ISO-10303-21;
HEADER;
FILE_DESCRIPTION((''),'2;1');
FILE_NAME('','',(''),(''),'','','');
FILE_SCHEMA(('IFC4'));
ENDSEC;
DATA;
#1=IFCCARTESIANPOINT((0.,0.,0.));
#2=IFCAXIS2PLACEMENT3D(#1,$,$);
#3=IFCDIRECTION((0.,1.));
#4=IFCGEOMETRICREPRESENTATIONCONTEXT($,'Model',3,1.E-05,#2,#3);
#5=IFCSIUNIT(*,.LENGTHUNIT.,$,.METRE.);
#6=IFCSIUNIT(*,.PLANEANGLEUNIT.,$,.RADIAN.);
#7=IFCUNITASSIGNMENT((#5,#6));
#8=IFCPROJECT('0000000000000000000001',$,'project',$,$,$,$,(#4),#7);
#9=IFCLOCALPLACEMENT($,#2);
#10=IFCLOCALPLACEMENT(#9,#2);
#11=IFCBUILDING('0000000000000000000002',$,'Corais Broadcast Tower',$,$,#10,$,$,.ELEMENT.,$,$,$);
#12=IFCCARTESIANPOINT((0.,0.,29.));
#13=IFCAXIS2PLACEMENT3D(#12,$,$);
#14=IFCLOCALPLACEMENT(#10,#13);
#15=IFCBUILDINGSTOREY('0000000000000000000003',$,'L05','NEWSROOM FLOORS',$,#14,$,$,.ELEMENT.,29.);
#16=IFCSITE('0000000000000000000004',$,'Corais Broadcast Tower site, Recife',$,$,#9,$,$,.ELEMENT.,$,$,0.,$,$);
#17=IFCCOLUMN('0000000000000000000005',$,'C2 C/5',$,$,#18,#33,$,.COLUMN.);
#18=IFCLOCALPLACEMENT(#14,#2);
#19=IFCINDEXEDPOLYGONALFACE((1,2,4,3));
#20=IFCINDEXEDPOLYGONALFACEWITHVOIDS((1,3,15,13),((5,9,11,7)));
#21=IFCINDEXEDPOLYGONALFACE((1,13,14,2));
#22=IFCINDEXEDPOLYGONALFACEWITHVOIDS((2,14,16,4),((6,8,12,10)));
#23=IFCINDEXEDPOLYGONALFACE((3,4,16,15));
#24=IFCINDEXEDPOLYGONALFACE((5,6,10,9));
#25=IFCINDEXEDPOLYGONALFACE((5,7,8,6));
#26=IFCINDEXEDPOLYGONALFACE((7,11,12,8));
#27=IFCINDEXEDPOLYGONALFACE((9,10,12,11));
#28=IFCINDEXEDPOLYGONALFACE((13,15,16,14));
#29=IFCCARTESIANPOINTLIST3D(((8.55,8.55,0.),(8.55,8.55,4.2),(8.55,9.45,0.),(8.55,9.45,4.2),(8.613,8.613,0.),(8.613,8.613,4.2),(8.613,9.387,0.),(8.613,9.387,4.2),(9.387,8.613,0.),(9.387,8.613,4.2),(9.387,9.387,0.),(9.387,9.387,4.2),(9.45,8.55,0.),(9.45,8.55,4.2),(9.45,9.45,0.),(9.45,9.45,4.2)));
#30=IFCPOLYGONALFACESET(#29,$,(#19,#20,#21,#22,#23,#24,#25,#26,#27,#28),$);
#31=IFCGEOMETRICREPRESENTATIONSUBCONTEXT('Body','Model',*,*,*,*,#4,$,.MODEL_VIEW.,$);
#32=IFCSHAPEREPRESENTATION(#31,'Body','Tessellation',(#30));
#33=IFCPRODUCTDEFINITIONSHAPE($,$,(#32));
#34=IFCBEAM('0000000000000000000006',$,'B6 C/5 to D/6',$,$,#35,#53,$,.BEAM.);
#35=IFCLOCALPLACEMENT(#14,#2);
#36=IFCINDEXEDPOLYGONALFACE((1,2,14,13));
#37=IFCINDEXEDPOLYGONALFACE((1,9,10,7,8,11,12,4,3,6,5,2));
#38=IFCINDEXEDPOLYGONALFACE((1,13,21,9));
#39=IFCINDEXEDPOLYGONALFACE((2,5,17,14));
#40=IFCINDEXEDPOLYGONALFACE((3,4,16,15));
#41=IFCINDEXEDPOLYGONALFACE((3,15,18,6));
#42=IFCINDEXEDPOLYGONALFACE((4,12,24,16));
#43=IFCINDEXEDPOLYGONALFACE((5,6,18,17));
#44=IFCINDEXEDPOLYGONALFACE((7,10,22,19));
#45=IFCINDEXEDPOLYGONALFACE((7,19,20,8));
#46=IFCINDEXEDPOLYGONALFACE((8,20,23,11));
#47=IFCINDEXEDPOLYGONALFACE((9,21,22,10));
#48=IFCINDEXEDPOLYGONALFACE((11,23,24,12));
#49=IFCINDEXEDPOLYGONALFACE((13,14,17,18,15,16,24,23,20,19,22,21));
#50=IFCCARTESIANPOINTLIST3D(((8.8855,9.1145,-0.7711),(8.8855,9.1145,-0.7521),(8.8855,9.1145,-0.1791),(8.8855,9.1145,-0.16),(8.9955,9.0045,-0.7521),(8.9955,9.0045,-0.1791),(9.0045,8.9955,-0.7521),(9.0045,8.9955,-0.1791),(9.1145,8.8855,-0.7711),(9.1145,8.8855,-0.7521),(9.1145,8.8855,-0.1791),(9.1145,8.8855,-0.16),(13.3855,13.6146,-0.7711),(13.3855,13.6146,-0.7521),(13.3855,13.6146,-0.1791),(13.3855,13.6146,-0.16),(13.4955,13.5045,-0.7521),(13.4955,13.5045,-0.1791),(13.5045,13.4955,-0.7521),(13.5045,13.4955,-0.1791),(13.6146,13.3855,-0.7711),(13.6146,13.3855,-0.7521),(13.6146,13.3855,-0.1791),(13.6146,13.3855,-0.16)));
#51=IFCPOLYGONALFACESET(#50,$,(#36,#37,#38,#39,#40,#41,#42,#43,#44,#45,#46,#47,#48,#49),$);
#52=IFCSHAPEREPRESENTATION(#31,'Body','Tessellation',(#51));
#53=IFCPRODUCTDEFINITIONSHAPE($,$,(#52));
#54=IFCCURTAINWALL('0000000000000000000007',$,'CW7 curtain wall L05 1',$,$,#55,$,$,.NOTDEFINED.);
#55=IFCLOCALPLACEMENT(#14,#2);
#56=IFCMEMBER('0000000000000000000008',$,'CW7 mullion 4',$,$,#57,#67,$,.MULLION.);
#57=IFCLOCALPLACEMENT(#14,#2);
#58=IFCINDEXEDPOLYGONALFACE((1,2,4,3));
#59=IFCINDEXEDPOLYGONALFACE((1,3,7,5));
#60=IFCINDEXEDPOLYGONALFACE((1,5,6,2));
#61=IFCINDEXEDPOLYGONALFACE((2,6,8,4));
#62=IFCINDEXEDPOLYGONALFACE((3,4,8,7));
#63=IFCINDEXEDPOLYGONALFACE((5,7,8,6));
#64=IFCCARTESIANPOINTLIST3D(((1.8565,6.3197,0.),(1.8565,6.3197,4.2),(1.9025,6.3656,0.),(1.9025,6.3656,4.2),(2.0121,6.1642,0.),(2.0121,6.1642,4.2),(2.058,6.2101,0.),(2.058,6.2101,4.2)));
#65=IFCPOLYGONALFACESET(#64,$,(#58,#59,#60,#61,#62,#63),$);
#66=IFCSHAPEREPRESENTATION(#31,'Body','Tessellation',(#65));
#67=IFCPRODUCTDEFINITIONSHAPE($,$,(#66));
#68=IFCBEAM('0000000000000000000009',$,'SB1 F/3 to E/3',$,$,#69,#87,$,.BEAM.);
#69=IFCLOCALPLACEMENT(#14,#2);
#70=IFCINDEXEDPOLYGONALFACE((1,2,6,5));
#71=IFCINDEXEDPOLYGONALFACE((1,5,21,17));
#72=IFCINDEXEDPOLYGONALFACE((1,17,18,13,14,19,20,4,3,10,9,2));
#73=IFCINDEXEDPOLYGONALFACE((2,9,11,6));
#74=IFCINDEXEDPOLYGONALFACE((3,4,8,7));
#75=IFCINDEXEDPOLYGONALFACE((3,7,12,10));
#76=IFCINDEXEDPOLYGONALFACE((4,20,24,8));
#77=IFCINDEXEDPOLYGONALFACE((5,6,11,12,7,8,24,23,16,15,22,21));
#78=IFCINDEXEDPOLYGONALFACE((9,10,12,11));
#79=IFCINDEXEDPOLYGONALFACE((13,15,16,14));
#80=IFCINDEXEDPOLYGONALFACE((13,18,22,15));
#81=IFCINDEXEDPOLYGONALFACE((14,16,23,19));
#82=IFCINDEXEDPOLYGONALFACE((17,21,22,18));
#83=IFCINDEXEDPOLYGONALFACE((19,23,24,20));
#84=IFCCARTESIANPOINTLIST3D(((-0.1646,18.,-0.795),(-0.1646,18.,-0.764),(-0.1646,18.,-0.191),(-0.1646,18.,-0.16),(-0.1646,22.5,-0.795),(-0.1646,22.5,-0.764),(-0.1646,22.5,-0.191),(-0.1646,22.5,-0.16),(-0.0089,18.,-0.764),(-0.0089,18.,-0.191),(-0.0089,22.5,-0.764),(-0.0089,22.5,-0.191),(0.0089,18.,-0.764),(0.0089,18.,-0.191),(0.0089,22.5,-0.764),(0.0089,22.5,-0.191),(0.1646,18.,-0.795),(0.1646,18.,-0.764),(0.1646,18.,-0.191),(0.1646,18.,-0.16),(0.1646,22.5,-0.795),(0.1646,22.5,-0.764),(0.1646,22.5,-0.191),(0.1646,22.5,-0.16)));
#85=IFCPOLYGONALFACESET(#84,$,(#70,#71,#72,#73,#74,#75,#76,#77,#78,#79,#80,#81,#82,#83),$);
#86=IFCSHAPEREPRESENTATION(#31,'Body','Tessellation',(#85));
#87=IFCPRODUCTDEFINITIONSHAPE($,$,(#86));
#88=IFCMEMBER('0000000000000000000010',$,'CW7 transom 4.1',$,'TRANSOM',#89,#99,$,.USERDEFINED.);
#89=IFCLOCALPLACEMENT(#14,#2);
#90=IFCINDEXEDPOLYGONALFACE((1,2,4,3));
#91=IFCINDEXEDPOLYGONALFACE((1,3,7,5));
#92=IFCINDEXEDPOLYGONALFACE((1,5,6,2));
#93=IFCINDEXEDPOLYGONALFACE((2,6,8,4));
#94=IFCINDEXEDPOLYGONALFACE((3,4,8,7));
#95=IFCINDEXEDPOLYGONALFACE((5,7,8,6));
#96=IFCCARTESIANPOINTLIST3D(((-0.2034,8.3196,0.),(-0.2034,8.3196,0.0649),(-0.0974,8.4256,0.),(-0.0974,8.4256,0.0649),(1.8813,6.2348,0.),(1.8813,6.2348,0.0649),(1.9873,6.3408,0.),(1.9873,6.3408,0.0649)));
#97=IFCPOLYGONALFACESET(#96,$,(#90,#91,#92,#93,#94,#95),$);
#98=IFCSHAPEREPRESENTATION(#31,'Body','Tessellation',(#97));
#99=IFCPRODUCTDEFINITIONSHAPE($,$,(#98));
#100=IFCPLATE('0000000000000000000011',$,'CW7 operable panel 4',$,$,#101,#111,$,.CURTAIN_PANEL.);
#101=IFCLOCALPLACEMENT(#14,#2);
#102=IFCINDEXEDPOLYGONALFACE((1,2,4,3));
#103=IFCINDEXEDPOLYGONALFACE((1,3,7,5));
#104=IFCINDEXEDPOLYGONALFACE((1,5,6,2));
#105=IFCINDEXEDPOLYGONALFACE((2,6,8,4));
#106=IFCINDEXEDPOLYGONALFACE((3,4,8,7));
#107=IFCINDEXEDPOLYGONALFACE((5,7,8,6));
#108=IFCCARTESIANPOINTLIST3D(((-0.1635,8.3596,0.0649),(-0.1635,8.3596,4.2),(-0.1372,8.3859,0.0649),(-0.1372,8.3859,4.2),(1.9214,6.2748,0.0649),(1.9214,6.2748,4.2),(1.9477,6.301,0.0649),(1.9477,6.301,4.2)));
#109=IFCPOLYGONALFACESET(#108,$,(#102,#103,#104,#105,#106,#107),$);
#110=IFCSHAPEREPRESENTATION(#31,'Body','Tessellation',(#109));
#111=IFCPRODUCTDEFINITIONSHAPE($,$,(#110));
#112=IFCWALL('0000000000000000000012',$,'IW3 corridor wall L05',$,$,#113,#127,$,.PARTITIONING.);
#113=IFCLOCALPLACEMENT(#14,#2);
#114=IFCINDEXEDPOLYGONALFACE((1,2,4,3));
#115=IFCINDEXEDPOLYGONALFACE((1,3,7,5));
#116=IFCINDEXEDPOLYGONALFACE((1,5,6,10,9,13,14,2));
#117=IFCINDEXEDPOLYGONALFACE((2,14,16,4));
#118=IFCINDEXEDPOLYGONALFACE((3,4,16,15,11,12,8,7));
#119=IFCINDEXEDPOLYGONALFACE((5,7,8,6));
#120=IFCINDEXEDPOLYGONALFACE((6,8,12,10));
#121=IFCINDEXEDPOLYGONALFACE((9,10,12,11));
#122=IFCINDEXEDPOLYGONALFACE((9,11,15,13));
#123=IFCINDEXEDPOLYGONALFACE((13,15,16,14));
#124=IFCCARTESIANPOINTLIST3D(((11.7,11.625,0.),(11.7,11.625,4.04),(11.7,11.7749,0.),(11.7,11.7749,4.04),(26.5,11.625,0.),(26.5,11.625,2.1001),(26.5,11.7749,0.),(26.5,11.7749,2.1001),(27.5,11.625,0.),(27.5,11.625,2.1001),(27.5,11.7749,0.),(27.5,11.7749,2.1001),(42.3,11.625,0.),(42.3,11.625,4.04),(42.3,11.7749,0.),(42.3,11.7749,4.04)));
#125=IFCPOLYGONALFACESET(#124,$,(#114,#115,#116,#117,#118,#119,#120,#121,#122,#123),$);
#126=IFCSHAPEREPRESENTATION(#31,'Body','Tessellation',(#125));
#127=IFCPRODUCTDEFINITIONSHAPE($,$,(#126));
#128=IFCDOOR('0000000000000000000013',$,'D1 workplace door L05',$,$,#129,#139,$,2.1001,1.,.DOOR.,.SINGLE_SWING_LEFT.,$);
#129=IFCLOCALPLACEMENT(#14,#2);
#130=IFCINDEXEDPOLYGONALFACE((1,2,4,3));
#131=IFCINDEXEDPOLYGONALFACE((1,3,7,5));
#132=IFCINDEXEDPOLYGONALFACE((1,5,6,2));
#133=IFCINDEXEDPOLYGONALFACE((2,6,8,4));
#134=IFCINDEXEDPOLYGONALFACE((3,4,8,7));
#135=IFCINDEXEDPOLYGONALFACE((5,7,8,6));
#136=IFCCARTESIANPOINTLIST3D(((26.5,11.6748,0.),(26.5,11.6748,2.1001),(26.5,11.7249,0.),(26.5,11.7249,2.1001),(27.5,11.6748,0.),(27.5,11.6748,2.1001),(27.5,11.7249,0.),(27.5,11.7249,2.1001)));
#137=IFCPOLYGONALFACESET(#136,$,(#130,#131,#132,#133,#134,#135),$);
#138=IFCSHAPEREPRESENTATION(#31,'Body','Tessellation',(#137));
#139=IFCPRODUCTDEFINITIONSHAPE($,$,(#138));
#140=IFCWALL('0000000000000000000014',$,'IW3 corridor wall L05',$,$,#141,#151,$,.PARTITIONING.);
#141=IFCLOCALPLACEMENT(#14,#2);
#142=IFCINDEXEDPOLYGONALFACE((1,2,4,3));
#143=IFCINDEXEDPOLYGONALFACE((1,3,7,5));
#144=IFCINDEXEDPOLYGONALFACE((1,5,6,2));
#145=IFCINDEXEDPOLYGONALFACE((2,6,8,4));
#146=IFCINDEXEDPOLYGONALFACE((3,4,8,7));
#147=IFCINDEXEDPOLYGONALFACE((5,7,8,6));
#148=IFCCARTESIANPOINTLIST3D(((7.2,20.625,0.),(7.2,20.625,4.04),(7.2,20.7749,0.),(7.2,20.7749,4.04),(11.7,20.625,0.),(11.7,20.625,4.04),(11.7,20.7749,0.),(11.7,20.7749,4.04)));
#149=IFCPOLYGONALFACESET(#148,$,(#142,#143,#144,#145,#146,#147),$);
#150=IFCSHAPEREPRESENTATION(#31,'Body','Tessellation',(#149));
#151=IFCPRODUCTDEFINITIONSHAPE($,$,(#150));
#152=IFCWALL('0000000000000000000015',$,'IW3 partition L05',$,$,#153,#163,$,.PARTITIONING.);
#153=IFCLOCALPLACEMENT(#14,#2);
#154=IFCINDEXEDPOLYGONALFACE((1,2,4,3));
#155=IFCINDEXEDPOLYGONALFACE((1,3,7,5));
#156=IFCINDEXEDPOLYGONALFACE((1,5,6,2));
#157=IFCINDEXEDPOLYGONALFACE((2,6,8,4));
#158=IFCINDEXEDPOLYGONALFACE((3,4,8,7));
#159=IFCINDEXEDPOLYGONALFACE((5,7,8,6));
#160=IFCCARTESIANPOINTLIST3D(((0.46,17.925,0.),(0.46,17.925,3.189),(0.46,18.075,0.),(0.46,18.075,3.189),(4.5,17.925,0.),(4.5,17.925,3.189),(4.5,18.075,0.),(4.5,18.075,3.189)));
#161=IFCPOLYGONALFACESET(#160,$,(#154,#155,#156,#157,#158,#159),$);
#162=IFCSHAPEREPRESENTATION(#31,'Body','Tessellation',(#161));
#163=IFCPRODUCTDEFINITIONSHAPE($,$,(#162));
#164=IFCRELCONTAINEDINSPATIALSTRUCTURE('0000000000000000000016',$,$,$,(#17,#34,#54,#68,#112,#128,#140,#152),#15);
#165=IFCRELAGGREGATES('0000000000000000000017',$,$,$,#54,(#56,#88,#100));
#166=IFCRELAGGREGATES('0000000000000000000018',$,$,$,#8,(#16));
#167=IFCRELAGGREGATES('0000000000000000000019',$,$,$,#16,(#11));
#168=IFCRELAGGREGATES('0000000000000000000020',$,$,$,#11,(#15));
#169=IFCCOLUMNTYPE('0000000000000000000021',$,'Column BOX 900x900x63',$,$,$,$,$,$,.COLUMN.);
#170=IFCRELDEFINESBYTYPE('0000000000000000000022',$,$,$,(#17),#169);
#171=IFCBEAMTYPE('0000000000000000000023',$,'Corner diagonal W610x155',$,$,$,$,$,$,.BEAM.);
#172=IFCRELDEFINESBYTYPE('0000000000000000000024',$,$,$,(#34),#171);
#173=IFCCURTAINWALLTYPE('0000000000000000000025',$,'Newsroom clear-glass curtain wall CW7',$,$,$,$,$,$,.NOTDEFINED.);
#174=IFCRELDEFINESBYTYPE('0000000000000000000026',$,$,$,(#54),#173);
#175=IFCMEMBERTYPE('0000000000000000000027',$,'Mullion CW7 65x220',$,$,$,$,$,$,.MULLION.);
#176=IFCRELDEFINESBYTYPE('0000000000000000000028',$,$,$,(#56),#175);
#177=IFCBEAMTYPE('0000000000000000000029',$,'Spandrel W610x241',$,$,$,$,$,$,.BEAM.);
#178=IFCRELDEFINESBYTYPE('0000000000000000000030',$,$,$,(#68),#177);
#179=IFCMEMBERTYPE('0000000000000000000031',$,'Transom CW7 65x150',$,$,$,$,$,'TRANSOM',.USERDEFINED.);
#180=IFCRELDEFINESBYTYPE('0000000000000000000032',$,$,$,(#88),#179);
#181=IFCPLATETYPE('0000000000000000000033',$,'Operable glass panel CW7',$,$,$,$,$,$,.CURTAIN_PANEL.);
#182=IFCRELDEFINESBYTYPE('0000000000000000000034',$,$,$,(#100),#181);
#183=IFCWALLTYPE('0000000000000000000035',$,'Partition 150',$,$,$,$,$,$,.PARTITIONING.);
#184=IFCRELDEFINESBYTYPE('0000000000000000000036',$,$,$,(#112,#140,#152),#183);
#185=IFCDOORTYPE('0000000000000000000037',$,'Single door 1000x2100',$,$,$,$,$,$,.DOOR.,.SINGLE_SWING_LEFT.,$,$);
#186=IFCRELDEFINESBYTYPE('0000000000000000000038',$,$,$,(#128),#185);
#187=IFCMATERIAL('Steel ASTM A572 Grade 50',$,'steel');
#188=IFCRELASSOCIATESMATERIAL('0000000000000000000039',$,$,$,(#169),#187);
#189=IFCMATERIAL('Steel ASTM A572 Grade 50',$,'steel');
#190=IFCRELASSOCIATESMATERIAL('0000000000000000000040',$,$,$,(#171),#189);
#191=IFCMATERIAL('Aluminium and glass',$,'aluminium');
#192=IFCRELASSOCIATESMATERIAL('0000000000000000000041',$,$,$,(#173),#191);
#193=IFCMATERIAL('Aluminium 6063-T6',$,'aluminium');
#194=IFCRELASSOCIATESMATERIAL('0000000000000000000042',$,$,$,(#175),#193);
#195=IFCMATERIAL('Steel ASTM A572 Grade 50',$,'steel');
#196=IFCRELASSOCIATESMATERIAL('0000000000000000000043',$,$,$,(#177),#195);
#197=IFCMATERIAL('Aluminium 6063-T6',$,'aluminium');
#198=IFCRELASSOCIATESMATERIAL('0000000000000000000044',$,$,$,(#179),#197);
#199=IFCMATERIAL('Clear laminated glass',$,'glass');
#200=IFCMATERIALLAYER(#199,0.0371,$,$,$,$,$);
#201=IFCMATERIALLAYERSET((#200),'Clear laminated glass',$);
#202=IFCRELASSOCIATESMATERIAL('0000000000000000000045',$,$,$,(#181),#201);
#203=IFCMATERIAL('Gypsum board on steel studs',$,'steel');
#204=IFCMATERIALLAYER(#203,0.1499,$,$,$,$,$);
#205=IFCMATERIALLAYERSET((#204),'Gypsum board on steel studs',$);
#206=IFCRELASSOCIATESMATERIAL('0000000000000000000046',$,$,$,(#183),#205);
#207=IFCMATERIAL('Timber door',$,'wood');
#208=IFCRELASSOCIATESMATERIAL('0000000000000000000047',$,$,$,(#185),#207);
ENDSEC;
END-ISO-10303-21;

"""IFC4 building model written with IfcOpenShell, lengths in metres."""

from ifc_helpers import new_model, si_unit, direction, frame, frame_2d, origin, origin_2d, place, context, subcontext, project, spatial, rectangle, hollow_rectangle, i_section, extrude, material, layer, layer_set, material_profile, profile_set, type_object, element, fill, aggregate, save


model = new_model("IFC4")

# Units and contexts
model_context = context("Model", 3, precision=1e-05, world=origin(), true_north=direction((0.0, 1.0)))
body_context = subcontext(model_context, "Body", "Model", "MODEL_VIEW")
ifc_project = project(units=[si_unit("LENGTHUNIT", "METRE"), si_unit("PLANEANGLEUNIT", "RADIAN")], contexts=[model_context])

# Site, building, storey
site_placement = place(None, origin())
site = spatial("IfcSite", under=ifc_project, at=site_placement, Name="Corais Broadcast Tower site, Recife", CompositionType="ELEMENT", RefElevation=0.0)
building_placement = place(site_placement, origin())
building = spatial("IfcBuilding", under=site, at=building_placement, Name="Corais Broadcast Tower", CompositionType="ELEMENT")
storey_placement = place(building_placement, frame((0.0, 0.0, 29.0)))
storey = spatial("IfcBuildingStorey", under=building, at=storey_placement, Name="L05", Description="NEWSROOM FLOORS", CompositionType="ELEMENT", Elevation=29.0)

# Column
ifc_material_1 = material(Name="Steel ASTM A572 Grade 50", Category="steel")
ifc_material_profile_1 = material_profile(ifc_material_1, hollow_rectangle(XDim=0.8999, YDim=0.8999, WallThickness=0.063, at=origin_2d()), Name="BOX 900x900x63")
ifc_profile_set_1 = profile_set([ifc_material_profile_1], Name="Steel ASTM A572 Grade 50")
column_type = type_object("IfcColumnType", Name="Column BOX 900x900x63", PredefinedType="COLUMN", material=ifc_profile_set_1)
column_placement = place(storey_placement, frame((9.0, 9.0, 0.0), z_axis=(0.0, 0.0, 1.0), x_axis=(1.0, 0.0, 0.0)))
element("IfcColumn", 1, at=column_placement, inside=storey, type_object=column_type, Name="C2 C/5", PredefinedType="COLUMN", context=body_context, shape_type="SweptSolid", body=[
    extrude(hollow_rectangle(XDim=0.8999, YDim=0.8999, WallThickness=0.063, at=origin_2d()), origin(), (0.0, 0.0, 1.0), 4.2),
])

# Beam
ifc_material_2 = material(Name="Steel ASTM A572 Grade 50", Category="steel")
ifc_material_profile_2 = material_profile(ifc_material_2, i_section(OverallWidth=0.324, OverallDepth=0.6111, WebThickness=0.0127, FlangeThickness=0.019, at=origin_2d()), Name="W610x155")
ifc_profile_set_2 = profile_set([ifc_material_profile_2], Name="Steel ASTM A572 Grade 50")
beam_type_1 = type_object("IfcBeamType", Name="Corner diagonal W610x155", PredefinedType="BEAM", material=ifc_profile_set_2)
beam_1_placement = place(storey_placement, frame((9.0, 9.0, -0.4656), z_axis=(0.707107, 0.707107, 0.0), x_axis=(-0.707107, 0.707107, 0.0)))
element("IfcBeam", 2, at=beam_1_placement, inside=storey, type_object=beam_type_1, Name="B6 C/5 to D/6", PredefinedType="BEAM", context=body_context, shape_type="SweptSolid", body=[
    extrude(i_section(OverallWidth=0.324, OverallDepth=0.6111, WebThickness=0.0127, FlangeThickness=0.019, at=origin_2d()), origin(), (0.0, 0.0, 1.0), 6.364),
])

# Curtain wall, member
ifc_material_3 = material(Name="Aluminium and glass", Category="aluminium")
curtain_wall_type = type_object("IfcCurtainWallType", Name="Newsroom clear-glass curtain wall CW7", PredefinedType="NOTDEFINED", material=ifc_material_3)
curtain_wall_placement = place(storey_placement, origin())
curtain_wall = element("IfcCurtainWall", 3, at=curtain_wall_placement, inside=storey, type_object=curtain_wall_type, Name="CW7 curtain wall L05 1", PredefinedType="NOTDEFINED")
ifc_material_4 = material(Name="Aluminium 6063-T6", Category="aluminium")
ifc_material_profile_3 = material_profile(ifc_material_4, rectangle(XDim=0.0649, YDim=0.22, at=origin_2d()), Name="Mullion CW7 65x220")
ifc_profile_set_3 = profile_set([ifc_material_profile_3], Name="Aluminium 6063-T6")
member_type_1 = type_object("IfcMemberType", Name="Mullion CW7 65x220", PredefinedType="MULLION", material=ifc_profile_set_3)
member_1_placement = place(storey_placement, frame((1.9573, 6.2649, 0.0), z_axis=(0.0, 0.0, 1.0), x_axis=(-0.707107, -0.707107, 0.0)))
member_1 = element("IfcMember", 4, at=member_1_placement, type_object=member_type_1, Name="CW7 mullion 4", PredefinedType="MULLION", context=body_context, shape_type="SweptSolid", body=[
    extrude(rectangle(XDim=0.0649, YDim=0.22, at=origin_2d()), origin(), (0.0, 0.0, 1.0), 4.2),
])

# Beam
ifc_material_5 = material(Name="Steel ASTM A572 Grade 50", Category="steel")
ifc_material_profile_4 = material_profile(ifc_material_5, i_section(OverallWidth=0.3291, OverallDepth=0.635, WebThickness=0.0178, FlangeThickness=0.031, at=origin_2d()), Name="W610x241")
ifc_profile_set_4 = profile_set([ifc_material_profile_4], Name="Steel ASTM A572 Grade 50")
beam_type_2 = type_object("IfcBeamType", Name="Spandrel W610x241", PredefinedType="BEAM", material=ifc_profile_set_4)
beam_2_placement = place(storey_placement, frame((0.0, 22.5, -0.4775), z_axis=(0.0, -1.0, 0.0), x_axis=(1.0, 0.0, 0.0)))
element("IfcBeam", 5, at=beam_2_placement, inside=storey, type_object=beam_type_2, Name="SB1 F/3 to E/3", PredefinedType="BEAM", context=body_context, shape_type="SweptSolid", body=[
    extrude(i_section(OverallWidth=0.3291, OverallDepth=0.635, WebThickness=0.0178, FlangeThickness=0.031, at=origin_2d()), origin(), (0.0, 0.0, 1.0), 4.5),
])

# Member
ifc_material_6 = material(Name="Aluminium 6063-T6", Category="aluminium")
ifc_material_profile_5 = material_profile(ifc_material_6, rectangle(XDim=0.1499, YDim=0.0649, at=origin_2d()), Name="Transom CW7 65x150")
ifc_profile_set_5 = profile_set([ifc_material_profile_5], Name="Aluminium 6063-T6")
member_type_2 = type_object("IfcMemberType", Name="Transom CW7 65x150", ElementType="TRANSOM", PredefinedType="USERDEFINED", material=ifc_profile_set_5)
member_2_placement = place(storey_placement, frame((1.9343, 6.2878, 0.0325), z_axis=(-0.707107, 0.707107, 0.0), x_axis=(-0.707107, -0.707107, 0.0)))
member_2 = element("IfcMember", 6, at=member_2_placement, type_object=member_type_2, Name="CW7 transom 4.1", ObjectType="TRANSOM", PredefinedType="USERDEFINED", context=body_context, shape_type="SweptSolid", body=[
    extrude(rectangle(XDim=0.1499, YDim=0.0649, at=origin_2d()), origin(), (0.0, 0.0, 1.0), 2.9482),
])

# Plate
ifc_material_7 = material(Name="Clear laminated glass", Category="glass")
ifc_layer_1 = layer(ifc_material_7, 0.0371)
ifc_layer_set_1 = layer_set([ifc_layer_1], Name="Clear laminated glass")
plate_type = type_object("IfcPlateType", Name="Operable glass panel CW7", PredefinedType="CURTAIN_PANEL", material=ifc_layer_set_1)
plate_placement = place(storey_placement, frame((0.8921, 7.3303, 0.0649), z_axis=(0.0, 0.0, 1.0), x_axis=(-0.707107, 0.707107, 0.0)))
plate = element("IfcPlate", 7, at=plate_placement, type_object=plate_type, Name="CW7 operable panel 4", PredefinedType="CURTAIN_PANEL", context=body_context, shape_type="SweptSolid", body=[
    extrude(rectangle(XDim=2.9485, YDim=0.0371, at=origin_2d()), origin(), (0.0, 0.0, 1.0), 4.135),
])
aggregate(curtain_wall, [member_1, member_2, plate])

# Wall, opening, door
ifc_material_8 = material(Name="Gypsum board on steel studs", Category="steel")
ifc_layer_2 = layer(ifc_material_8, 0.1499)
ifc_layer_set_2 = layer_set([ifc_layer_2], Name="Gypsum board on steel studs")
wall_type = type_object("IfcWallType", Name="Partition 150", PredefinedType="PARTITIONING", material=ifc_layer_set_2)
wall_1_placement = place(storey_placement, frame((11.7, 11.7, 0.0), z_axis=(0.0, 0.0, 1.0), x_axis=(1.0, 0.0, 0.0)))
wall_1 = element("IfcWall", 8, at=wall_1_placement, inside=storey, type_object=wall_type, Name="IW3 corridor wall L05", PredefinedType="PARTITIONING", context=body_context, shape_type="SweptSolid", body=[
    extrude(rectangle(XDim=30.6001, YDim=0.1499, at=frame_2d((15.3, 0.0))), origin(), (0.0, 0.0, 1.0), 4.04),
])
opening_1_placement = place(wall_1_placement, frame((14.8, 0.0, 0.0)))
opening_1 = element("IfcOpeningElement", 9, at=opening_1_placement, cuts=wall_1, PredefinedType="OPENING", context=body_context, shape_type="SweptSolid", body=[
    extrude(rectangle(XDim=1.0, YDim=2.1001, at=frame_2d((0.5, 1.05))), frame((0.0, 0.085, 0.0), z_axis=(0.0, -1.0, 0.0), x_axis=(1.0, 0.0, 0.0)), (0.0, 0.0, 1.0), 0.1699),
])
ifc_material_9 = material(Name="Timber door", Category="wood")
door_type = type_object("IfcDoorType", Name="Single door 1000x2100", OperationType="SINGLE_SWING_LEFT", PredefinedType="DOOR", material=ifc_material_9)
door_1_placement = place(opening_1_placement, origin())
door_1 = element("IfcDoor", 10, at=door_1_placement, inside=storey, type_object=door_type, Name="D1 workplace door L05", OperationType="SINGLE_SWING_LEFT", OverallHeight=2.1001, OverallWidth=1.0, PredefinedType="DOOR", context=body_context, shape_type="SweptSolid", body=[
    extrude(rectangle(XDim=1.0, YDim=2.1001, at=frame_2d((0.5, 1.05))), frame((0.0, 0.0249, 0.0), z_axis=(0.0, -1.0, 0.0), x_axis=(1.0, 0.0, 0.0)), (0.0, 0.0, 1.0), 0.05),
])
fill(opening_1, door_1)

# Walls
wall_2_placement = place(storey_placement, frame((7.2, 20.7, 0.0), z_axis=(0.0, 0.0, 1.0), x_axis=(1.0, 0.0, 0.0)))
element("IfcWall", 11, at=wall_2_placement, inside=storey, type_object=wall_type, Name="IW3 corridor wall L05", PredefinedType="PARTITIONING", context=body_context, shape_type="SweptSolid", body=[
    extrude(rectangle(XDim=4.5, YDim=0.1499, at=frame_2d((2.25, 0.0))), origin(), (0.0, 0.0, 1.0), 4.04),
])
wall_3_placement = place(storey_placement, frame((0.46, 18.0, 0.0), z_axis=(0.0, 0.0, 1.0), x_axis=(1.0, 0.0, 0.0)))
element("IfcWall", 12, at=wall_3_placement, inside=storey, type_object=wall_type, Name="IW3 partition L05", PredefinedType="PARTITIONING", context=body_context, shape_type="SweptSolid", body=[
    extrude(rectangle(XDim=4.04, YDim=0.1499, at=frame_2d((2.02, 0.0))), origin(), (0.0, 0.0, 1.0), 3.189),
])

save(model, "model.ifc")
